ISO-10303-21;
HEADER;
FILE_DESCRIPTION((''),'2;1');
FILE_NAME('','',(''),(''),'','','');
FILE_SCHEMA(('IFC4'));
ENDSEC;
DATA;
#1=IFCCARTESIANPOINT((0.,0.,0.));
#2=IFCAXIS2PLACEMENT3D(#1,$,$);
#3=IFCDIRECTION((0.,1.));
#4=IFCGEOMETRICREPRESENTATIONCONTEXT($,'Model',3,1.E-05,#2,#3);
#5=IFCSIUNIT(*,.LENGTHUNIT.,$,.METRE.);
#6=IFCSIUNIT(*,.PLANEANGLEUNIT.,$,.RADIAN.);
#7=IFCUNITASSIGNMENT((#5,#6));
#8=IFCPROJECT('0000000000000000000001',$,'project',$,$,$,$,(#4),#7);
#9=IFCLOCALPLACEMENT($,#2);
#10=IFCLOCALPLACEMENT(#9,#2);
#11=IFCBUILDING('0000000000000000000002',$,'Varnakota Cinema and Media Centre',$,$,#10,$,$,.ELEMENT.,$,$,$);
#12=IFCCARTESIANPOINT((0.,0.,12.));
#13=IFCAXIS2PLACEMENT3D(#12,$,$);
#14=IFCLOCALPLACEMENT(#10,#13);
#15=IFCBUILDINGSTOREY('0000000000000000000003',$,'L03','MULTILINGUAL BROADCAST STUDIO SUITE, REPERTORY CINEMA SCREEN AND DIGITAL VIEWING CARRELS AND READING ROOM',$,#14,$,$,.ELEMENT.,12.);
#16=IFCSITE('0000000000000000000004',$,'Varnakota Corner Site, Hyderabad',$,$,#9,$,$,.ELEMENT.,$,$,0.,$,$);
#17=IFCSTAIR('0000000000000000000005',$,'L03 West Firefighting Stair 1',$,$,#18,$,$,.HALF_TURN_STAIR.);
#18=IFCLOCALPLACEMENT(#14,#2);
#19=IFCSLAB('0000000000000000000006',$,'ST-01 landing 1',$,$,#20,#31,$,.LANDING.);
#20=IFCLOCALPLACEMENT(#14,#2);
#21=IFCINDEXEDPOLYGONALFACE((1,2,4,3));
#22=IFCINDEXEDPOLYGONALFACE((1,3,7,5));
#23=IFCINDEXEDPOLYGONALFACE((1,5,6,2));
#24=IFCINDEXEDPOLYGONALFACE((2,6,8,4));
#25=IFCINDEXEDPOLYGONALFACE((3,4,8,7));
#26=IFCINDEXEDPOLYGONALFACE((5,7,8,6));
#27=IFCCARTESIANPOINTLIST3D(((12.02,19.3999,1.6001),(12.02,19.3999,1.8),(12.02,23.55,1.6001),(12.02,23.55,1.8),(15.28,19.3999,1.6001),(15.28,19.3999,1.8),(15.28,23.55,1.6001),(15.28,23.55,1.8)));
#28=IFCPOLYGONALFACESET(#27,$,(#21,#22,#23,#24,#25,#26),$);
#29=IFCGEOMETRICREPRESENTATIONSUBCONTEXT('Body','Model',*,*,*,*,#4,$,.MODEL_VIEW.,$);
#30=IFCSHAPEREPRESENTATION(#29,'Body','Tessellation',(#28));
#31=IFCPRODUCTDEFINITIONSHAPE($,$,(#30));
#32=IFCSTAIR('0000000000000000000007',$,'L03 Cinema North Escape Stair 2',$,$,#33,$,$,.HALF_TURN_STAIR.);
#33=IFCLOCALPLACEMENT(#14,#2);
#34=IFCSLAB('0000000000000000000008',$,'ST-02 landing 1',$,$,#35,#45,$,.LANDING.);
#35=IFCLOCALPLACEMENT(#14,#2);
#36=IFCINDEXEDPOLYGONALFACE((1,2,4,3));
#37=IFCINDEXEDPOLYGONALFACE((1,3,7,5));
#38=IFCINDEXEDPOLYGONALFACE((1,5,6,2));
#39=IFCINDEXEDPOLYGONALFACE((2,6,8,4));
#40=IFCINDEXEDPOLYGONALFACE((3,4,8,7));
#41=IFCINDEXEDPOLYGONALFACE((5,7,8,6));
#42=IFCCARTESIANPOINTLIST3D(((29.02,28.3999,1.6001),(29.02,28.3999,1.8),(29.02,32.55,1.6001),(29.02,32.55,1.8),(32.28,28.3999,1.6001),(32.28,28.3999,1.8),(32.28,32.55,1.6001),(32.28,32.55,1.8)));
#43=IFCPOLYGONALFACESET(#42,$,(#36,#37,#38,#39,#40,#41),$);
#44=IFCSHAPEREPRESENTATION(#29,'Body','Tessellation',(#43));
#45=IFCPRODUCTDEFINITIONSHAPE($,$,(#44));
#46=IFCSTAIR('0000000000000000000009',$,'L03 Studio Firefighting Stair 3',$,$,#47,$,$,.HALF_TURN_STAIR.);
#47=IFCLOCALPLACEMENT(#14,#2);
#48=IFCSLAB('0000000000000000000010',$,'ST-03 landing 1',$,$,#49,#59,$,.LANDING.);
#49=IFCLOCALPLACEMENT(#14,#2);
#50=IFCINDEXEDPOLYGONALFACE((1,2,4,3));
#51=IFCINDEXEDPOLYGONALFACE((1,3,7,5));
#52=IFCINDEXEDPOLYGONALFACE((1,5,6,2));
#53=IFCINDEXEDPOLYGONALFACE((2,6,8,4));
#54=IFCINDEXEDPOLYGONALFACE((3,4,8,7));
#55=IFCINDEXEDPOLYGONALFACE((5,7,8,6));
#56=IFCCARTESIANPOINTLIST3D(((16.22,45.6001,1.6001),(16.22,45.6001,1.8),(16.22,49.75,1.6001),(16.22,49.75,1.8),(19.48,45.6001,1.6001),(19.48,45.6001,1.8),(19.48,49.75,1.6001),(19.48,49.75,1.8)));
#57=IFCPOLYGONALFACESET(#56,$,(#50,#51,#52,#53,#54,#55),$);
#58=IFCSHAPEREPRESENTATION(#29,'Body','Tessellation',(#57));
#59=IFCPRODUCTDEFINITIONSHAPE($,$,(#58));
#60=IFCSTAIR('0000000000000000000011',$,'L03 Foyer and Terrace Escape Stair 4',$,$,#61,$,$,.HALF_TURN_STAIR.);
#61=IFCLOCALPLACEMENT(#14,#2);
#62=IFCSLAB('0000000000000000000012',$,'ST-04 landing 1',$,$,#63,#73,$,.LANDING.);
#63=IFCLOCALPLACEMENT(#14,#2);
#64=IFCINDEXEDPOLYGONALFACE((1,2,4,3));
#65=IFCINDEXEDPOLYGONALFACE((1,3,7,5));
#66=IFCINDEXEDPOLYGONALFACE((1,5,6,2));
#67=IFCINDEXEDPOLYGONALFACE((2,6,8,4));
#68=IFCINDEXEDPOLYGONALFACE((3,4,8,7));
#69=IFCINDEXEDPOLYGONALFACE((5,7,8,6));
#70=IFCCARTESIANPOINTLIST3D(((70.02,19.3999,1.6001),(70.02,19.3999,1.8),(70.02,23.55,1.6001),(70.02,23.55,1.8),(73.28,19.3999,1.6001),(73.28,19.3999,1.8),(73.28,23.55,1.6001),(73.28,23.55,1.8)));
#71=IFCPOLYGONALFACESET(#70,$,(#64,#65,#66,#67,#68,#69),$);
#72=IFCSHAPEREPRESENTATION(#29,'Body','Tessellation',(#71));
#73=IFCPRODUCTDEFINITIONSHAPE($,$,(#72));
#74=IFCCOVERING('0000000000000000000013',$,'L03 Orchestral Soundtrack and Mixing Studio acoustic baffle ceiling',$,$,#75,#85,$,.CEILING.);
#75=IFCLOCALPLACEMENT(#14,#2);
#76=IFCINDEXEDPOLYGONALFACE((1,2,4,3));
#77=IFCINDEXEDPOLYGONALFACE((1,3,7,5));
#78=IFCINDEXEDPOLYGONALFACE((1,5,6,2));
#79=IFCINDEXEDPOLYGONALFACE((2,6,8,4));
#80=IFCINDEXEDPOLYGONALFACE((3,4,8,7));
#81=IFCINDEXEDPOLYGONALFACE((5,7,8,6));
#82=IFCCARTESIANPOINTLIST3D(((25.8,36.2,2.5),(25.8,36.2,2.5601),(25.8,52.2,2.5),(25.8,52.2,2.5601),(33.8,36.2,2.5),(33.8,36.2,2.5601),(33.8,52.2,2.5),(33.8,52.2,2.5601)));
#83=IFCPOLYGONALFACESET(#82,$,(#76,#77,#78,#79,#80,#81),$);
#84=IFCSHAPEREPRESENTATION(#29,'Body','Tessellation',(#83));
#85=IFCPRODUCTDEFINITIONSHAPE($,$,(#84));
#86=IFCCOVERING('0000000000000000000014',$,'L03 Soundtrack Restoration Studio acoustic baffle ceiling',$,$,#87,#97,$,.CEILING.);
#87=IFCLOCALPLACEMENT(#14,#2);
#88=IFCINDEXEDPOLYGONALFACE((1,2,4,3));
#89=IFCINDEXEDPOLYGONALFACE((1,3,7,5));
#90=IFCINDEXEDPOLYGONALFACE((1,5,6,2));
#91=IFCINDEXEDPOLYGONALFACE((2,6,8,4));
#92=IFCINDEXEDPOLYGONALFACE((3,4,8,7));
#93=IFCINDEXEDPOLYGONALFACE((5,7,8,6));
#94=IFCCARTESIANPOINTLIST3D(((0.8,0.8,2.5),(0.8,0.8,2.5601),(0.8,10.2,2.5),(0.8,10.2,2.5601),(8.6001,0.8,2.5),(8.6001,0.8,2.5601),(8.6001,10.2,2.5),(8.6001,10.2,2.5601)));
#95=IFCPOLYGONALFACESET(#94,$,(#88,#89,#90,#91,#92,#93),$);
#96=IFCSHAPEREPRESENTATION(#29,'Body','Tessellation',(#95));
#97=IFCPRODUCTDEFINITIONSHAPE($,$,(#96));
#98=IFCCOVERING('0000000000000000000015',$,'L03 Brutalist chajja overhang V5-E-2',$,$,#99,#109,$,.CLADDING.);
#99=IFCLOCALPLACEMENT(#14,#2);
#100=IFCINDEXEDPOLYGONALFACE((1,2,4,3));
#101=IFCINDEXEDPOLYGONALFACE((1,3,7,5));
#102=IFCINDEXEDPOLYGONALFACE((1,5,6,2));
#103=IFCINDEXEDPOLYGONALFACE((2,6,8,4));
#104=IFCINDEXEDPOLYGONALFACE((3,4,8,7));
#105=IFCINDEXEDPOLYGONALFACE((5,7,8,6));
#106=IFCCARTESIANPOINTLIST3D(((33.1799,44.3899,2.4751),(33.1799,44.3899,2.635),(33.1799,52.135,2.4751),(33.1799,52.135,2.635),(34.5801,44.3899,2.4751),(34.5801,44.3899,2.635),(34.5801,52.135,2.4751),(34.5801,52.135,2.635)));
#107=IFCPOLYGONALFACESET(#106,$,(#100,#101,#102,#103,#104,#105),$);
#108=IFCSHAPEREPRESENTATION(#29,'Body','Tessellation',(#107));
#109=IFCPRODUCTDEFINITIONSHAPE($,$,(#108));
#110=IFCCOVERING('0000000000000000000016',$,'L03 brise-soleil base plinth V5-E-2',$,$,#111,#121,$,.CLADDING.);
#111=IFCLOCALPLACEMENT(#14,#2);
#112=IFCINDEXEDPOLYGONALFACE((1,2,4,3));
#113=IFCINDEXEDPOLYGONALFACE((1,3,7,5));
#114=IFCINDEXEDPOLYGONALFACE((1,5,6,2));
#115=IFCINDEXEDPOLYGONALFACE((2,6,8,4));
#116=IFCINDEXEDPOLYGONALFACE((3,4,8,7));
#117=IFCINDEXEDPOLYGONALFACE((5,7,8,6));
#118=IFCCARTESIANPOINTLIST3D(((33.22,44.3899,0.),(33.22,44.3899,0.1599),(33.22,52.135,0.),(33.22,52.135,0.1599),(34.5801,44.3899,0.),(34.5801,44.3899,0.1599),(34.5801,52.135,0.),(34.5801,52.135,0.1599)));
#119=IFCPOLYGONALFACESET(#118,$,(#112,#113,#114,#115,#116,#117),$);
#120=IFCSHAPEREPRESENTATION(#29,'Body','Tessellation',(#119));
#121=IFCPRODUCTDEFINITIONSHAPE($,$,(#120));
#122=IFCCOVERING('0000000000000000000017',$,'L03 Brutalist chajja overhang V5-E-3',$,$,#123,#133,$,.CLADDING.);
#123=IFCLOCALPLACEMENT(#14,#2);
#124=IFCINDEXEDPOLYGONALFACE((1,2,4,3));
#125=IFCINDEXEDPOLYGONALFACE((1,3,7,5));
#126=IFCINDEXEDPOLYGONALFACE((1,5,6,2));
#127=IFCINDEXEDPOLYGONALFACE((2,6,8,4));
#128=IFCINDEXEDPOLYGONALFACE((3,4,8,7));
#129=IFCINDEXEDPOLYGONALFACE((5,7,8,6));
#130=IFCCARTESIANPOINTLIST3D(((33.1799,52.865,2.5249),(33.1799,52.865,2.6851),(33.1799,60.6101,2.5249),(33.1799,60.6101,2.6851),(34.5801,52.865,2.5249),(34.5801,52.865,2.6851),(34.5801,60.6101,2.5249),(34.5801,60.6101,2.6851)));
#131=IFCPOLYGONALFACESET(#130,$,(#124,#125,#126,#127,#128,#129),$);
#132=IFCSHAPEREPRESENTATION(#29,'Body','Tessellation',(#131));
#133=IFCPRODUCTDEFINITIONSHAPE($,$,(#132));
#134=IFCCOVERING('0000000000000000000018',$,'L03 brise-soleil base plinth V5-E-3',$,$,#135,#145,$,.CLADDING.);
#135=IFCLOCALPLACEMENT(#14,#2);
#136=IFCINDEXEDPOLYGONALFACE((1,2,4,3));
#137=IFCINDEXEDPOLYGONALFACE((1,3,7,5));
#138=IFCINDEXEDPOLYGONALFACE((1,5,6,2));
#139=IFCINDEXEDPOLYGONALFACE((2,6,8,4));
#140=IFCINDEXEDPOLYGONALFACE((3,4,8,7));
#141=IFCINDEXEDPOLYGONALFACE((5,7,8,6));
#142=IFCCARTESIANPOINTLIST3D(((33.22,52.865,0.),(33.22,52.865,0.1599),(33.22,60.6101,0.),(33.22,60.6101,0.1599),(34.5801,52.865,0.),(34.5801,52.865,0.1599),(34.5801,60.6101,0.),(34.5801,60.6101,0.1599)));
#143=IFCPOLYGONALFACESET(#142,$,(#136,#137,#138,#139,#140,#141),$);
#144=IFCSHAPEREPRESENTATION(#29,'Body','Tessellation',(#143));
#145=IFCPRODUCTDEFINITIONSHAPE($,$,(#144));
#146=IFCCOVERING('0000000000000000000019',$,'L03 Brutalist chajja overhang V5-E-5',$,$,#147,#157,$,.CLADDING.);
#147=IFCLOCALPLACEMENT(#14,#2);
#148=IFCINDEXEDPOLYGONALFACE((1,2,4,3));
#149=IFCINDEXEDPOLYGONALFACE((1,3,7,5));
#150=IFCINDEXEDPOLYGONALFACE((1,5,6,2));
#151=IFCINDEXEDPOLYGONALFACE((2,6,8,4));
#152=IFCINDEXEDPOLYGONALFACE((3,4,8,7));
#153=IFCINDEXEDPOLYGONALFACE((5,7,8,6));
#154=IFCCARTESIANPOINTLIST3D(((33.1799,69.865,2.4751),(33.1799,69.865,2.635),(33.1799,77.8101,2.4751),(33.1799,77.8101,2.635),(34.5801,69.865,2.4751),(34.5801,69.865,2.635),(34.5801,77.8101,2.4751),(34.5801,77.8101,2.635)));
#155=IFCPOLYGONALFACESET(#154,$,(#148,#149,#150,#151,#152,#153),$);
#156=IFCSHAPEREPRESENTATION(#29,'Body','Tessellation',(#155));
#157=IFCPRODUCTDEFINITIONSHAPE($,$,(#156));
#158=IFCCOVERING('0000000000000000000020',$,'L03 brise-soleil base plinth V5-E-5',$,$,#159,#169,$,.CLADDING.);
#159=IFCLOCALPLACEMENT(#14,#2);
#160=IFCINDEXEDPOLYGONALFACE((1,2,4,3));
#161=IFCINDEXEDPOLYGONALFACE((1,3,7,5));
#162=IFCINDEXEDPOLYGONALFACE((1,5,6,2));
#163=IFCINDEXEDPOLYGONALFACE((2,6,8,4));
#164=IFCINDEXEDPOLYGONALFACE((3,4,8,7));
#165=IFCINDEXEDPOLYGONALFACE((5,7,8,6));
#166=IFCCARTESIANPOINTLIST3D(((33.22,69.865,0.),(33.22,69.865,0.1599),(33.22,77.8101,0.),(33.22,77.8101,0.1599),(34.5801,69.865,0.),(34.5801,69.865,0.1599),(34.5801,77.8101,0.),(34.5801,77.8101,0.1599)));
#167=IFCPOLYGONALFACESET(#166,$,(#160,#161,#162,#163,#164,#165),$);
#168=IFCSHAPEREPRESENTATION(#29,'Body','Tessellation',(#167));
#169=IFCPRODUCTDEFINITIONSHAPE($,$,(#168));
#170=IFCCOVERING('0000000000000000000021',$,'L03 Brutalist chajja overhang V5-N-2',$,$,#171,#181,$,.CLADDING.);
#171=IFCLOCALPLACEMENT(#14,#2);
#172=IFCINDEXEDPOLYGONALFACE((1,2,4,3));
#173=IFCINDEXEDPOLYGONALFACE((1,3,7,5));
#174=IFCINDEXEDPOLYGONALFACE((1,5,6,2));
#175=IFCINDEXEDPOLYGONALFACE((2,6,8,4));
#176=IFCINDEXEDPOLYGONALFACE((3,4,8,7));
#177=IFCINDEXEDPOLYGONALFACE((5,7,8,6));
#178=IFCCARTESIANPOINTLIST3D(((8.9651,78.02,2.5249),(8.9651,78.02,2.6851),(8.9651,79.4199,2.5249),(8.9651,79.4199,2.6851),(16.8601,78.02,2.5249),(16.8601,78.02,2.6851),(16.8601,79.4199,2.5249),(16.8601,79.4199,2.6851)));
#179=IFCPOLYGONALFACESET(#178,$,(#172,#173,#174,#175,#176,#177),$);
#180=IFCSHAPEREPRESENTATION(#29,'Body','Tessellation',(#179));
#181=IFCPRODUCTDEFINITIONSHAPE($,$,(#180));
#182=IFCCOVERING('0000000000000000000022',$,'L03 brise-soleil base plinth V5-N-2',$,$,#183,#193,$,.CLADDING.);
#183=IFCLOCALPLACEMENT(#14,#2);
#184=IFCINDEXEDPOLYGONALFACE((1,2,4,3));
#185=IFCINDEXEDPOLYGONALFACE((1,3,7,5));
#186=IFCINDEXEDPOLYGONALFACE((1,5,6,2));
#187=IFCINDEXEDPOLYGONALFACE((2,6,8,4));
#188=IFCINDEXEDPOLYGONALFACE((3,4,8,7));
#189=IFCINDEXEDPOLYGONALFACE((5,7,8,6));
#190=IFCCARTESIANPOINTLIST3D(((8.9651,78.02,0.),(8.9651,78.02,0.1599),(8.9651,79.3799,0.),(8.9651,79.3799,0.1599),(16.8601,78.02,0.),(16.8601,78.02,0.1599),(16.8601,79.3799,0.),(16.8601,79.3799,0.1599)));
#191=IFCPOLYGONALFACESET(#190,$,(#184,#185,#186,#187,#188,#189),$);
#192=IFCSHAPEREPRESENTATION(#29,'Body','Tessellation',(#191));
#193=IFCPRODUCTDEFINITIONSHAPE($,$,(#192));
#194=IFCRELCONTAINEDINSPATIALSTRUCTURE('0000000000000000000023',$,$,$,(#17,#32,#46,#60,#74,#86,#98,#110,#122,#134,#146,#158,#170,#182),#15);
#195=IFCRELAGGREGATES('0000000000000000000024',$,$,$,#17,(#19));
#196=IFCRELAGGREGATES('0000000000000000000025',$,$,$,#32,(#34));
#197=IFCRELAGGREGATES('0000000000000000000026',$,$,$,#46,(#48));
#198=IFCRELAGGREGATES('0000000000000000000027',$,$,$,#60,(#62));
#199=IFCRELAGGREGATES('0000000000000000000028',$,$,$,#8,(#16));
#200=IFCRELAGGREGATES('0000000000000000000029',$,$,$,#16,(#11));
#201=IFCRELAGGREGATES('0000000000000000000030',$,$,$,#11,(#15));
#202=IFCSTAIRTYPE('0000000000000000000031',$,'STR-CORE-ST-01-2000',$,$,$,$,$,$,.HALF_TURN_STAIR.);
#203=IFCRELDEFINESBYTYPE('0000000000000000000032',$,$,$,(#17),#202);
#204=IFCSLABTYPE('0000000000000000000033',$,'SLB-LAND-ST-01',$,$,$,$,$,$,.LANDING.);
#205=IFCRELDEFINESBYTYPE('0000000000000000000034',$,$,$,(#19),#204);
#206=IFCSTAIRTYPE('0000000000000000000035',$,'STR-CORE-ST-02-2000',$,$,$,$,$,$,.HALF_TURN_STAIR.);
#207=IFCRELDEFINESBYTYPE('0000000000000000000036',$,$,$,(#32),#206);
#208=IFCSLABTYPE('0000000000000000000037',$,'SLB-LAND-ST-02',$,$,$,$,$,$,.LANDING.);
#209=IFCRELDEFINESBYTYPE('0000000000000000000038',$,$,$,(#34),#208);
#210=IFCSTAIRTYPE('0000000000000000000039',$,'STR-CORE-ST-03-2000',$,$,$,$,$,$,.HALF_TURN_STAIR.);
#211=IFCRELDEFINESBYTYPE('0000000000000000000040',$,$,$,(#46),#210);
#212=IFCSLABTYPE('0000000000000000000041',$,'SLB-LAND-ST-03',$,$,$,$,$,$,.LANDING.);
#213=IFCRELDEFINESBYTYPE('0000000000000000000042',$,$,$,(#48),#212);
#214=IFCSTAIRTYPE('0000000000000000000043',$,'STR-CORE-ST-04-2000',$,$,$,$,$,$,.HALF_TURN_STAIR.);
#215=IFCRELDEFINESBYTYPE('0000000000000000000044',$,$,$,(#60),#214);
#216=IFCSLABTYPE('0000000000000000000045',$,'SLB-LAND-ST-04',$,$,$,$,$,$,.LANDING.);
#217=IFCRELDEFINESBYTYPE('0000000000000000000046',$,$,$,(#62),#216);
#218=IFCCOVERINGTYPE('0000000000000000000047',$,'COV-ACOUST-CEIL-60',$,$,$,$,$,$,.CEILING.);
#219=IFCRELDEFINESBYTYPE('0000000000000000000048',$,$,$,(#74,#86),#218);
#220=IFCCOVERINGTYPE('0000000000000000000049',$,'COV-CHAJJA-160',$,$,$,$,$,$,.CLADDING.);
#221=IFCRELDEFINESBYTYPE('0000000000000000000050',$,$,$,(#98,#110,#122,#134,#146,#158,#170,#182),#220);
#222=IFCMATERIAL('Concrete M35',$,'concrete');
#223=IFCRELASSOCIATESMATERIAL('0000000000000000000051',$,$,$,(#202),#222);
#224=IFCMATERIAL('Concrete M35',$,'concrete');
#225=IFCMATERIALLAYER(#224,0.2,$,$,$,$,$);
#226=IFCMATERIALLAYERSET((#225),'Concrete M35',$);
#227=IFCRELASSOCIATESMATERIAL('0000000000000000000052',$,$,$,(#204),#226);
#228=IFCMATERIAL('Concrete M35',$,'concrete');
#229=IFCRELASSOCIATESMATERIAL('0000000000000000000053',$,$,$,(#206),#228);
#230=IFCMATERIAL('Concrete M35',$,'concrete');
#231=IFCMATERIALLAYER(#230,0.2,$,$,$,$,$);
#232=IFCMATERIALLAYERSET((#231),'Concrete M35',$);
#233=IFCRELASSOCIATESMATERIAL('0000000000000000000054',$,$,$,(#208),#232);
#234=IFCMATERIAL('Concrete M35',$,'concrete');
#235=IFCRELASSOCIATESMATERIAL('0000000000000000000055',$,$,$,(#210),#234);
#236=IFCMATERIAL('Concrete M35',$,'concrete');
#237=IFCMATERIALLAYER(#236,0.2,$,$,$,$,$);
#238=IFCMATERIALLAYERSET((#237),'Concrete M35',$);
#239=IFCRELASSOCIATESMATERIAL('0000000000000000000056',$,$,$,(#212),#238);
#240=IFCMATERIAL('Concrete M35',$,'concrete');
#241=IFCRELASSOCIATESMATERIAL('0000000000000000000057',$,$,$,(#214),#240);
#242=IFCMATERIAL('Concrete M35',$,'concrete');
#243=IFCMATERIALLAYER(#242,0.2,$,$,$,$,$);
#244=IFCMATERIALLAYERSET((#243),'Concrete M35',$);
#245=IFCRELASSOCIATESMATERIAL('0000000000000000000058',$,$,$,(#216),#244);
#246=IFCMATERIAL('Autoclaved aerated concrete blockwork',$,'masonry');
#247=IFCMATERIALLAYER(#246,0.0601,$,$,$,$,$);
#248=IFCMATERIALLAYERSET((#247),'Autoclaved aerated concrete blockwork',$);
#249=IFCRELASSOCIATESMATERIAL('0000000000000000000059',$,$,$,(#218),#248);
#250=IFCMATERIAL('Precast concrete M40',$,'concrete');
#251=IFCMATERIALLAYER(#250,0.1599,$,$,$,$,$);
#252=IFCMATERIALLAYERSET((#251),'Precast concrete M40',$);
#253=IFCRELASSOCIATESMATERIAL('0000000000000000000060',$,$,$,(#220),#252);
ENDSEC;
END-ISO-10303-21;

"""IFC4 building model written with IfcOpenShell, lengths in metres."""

from ifc_helpers import new_model, si_unit, direction, frame, origin, place, context, subcontext, project, spatial, polyline, outline, extrude, material, layer, layer_set, type_object, element, aggregate, save


model = new_model("IFC4")

# Units and contexts
model_context = context("Model", 3, precision=1e-05, world=origin(), true_north=direction((0.0, 1.0)))
body_context = subcontext(model_context, "Body", "Model", "MODEL_VIEW")
ifc_project = project(units=[si_unit("LENGTHUNIT", "METRE"), si_unit("PLANEANGLEUNIT", "RADIAN")], contexts=[model_context])

# Site, building, storey
site_placement = place(None, origin())
site = spatial("IfcSite", under=ifc_project, at=site_placement, Name="Varnakota Corner Site, Hyderabad", CompositionType="ELEMENT", RefElevation=0.0)
building_placement = place(site_placement, origin())
building = spatial("IfcBuilding", under=site, at=building_placement, Name="Varnakota Cinema and Media Centre", CompositionType="ELEMENT")
storey_placement = place(building_placement, frame((0.0, 0.0, 12.0)))
storey = spatial("IfcBuildingStorey", under=building, at=storey_placement, Name="L03", Description="MULTILINGUAL BROADCAST STUDIO SUITE, REPERTORY CINEMA SCREEN AND DIGITAL VIEWING CARRELS AND READING ROOM", CompositionType="ELEMENT", Elevation=12.0)

# Stairs, slabs
ifc_material_1 = material(Name="Concrete M35", Category="concrete")
stair_type_1 = type_object("IfcStairType", Name="STR-CORE-ST-01-2000", PredefinedType="HALF_TURN_STAIR", material=ifc_material_1)
stair_1_placement = place(storey_placement, origin())
stair_1 = element("IfcStair", 1, at=stair_1_placement, inside=storey, type_object=stair_type_1, Name="L03 West Firefighting Stair 1", PredefinedType="HALF_TURN_STAIR")
ifc_material_2 = material(Name="Concrete M35", Category="concrete")
ifc_layer_1 = layer(ifc_material_2, 0.2)
ifc_layer_set_1 = layer_set([ifc_layer_1], Name="Concrete M35")
slab_type_1 = type_object("IfcSlabType", Name="SLB-LAND-ST-01", PredefinedType="LANDING", material=ifc_layer_set_1)
slab_1_placement = place(storey_placement, frame((0.0, 0.0, 1.6001)))
slab_1 = element("IfcSlab", 2, at=slab_1_placement, type_object=slab_type_1, Name="ST-01 landing 1", PredefinedType="LANDING", context=body_context, shape_type="SweptSolid", body=[
    extrude(outline(polyline([(12.02, 19.3999), (15.28, 19.3999), (15.28, 23.55), (12.02, 23.55), (12.02, 19.3999)])), origin(), (0.0, 0.0, 1.0), 0.2),
])
aggregate(stair_1, [slab_1])
ifc_material_3 = material(Name="Concrete M35", Category="concrete")
stair_type_2 = type_object("IfcStairType", Name="STR-CORE-ST-02-2000", PredefinedType="HALF_TURN_STAIR", material=ifc_material_3)
stair_2_placement = place(storey_placement, origin())
stair_2 = element("IfcStair", 3, at=stair_2_placement, inside=storey, type_object=stair_type_2, Name="L03 Cinema North Escape Stair 2", PredefinedType="HALF_TURN_STAIR")
ifc_material_4 = material(Name="Concrete M35", Category="concrete")
ifc_layer_2 = layer(ifc_material_4, 0.2)
ifc_layer_set_2 = layer_set([ifc_layer_2], Name="Concrete M35")
slab_type_2 = type_object("IfcSlabType", Name="SLB-LAND-ST-02", PredefinedType="LANDING", material=ifc_layer_set_2)
slab_2_placement = place(storey_placement, frame((0.0, 0.0, 1.6001)))
slab_2 = element("IfcSlab", 4, at=slab_2_placement, type_object=slab_type_2, Name="ST-02 landing 1", PredefinedType="LANDING", context=body_context, shape_type="SweptSolid", body=[
    extrude(outline(polyline([(29.02, 28.3999), (32.28, 28.3999), (32.28, 32.55), (29.02, 32.55), (29.02, 28.3999)])), origin(), (0.0, 0.0, 1.0), 0.2),
])
aggregate(stair_2, [slab_2])
ifc_material_5 = material(Name="Concrete M35", Category="concrete")
stair_type_3 = type_object("IfcStairType", Name="STR-CORE-ST-03-2000", PredefinedType="HALF_TURN_STAIR", material=ifc_material_5)
stair_3_placement = place(storey_placement, origin())
stair_3 = element("IfcStair", 5, at=stair_3_placement, inside=storey, type_object=stair_type_3, Name="L03 Studio Firefighting Stair 3", PredefinedType="HALF_TURN_STAIR")
ifc_material_6 = material(Name="Concrete M35", Category="concrete")
ifc_layer_3 = layer(ifc_material_6, 0.2)
ifc_layer_set_3 = layer_set([ifc_layer_3], Name="Concrete M35")
slab_type_3 = type_object("IfcSlabType", Name="SLB-LAND-ST-03", PredefinedType="LANDING", material=ifc_layer_set_3)
slab_3_placement = place(storey_placement, frame((0.0, 0.0, 1.6001)))
slab_3 = element("IfcSlab", 6, at=slab_3_placement, type_object=slab_type_3, Name="ST-03 landing 1", PredefinedType="LANDING", context=body_context, shape_type="SweptSolid", body=[
    extrude(outline(polyline([(16.22, 45.6001), (19.48, 45.6001), (19.48, 49.75), (16.22, 49.75), (16.22, 45.6001)])), origin(), (0.0, 0.0, 1.0), 0.2),
])
aggregate(stair_3, [slab_3])
ifc_material_7 = material(Name="Concrete M35", Category="concrete")
stair_type_4 = type_object("IfcStairType", Name="STR-CORE-ST-04-2000", PredefinedType="HALF_TURN_STAIR", material=ifc_material_7)
stair_4_placement = place(storey_placement, origin())
stair_4 = element("IfcStair", 7, at=stair_4_placement, inside=storey, type_object=stair_type_4, Name="L03 Foyer and Terrace Escape Stair 4", PredefinedType="HALF_TURN_STAIR")
ifc_material_8 = material(Name="Concrete M35", Category="concrete")
ifc_layer_4 = layer(ifc_material_8, 0.2)
ifc_layer_set_4 = layer_set([ifc_layer_4], Name="Concrete M35")
slab_type_4 = type_object("IfcSlabType", Name="SLB-LAND-ST-04", PredefinedType="LANDING", material=ifc_layer_set_4)
slab_4_placement = place(storey_placement, frame((0.0, 0.0, 1.6001)))
slab_4 = element("IfcSlab", 8, at=slab_4_placement, type_object=slab_type_4, Name="ST-04 landing 1", PredefinedType="LANDING", context=body_context, shape_type="SweptSolid", body=[
    extrude(outline(polyline([(70.02, 19.3999), (73.28, 19.3999), (73.28, 23.55), (70.02, 23.55), (70.02, 19.3999)])), origin(), (0.0, 0.0, 1.0), 0.2),
])
aggregate(stair_4, [slab_4])

# Coverings
ifc_material_9 = material(Name="Autoclaved aerated concrete blockwork", Category="masonry")
ifc_layer_5 = layer(ifc_material_9, 0.0601)
ifc_layer_set_5 = layer_set([ifc_layer_5], Name="Autoclaved aerated concrete blockwork")
covering_type_1 = type_object("IfcCoveringType", Name="COV-ACOUST-CEIL-60", PredefinedType="CEILING", material=ifc_layer_set_5)
covering_1_placement = place(storey_placement, frame((0.0, 0.0, 2.5)))
element("IfcCovering", 9, at=covering_1_placement, inside=storey, type_object=covering_type_1, Name="L03 Orchestral Soundtrack and Mixing Studio acoustic baffle ceiling", PredefinedType="CEILING", context=body_context, shape_type="SweptSolid", body=[
    extrude(outline(polyline([(25.8, 36.2), (33.8, 36.2), (33.8, 52.2), (25.8, 52.2), (25.8, 36.2)])), origin(), (0.0, 0.0, 1.0), 0.0601),
])
covering_2_placement = place(storey_placement, frame((0.0, 0.0, 2.5)))
element("IfcCovering", 10, at=covering_2_placement, inside=storey, type_object=covering_type_1, Name="L03 Soundtrack Restoration Studio acoustic baffle ceiling", PredefinedType="CEILING", context=body_context, shape_type="SweptSolid", body=[
    extrude(outline(polyline([(0.8, 0.8), (8.6001, 0.8), (8.6001, 10.2), (0.8, 10.2), (0.8, 0.8)])), origin(), (0.0, 0.0, 1.0), 0.0601),
])
ifc_material_10 = material(Name="Precast concrete M40", Category="concrete")
ifc_layer_6 = layer(ifc_material_10, 0.1599)
ifc_layer_set_6 = layer_set([ifc_layer_6], Name="Precast concrete M40")
covering_type_2 = type_object("IfcCoveringType", Name="COV-CHAJJA-160", PredefinedType="CLADDING", material=ifc_layer_set_6)
covering_3_placement = place(storey_placement, frame((0.0, 0.0, 2.4751)))
element("IfcCovering", 11, at=covering_3_placement, inside=storey, type_object=covering_type_2, Name="L03 Brutalist chajja overhang V5-E-2", PredefinedType="CLADDING", context=body_context, shape_type="SweptSolid", body=[
    extrude(outline(polyline([(34.5801, 44.3899), (34.5801, 52.135), (33.1799, 52.135), (33.1799, 44.3899), (34.5801, 44.3899)])), origin(), (0.0, 0.0, 1.0), 0.1599),
])
covering_4_placement = place(storey_placement, origin())
element("IfcCovering", 12, at=covering_4_placement, inside=storey, type_object=covering_type_2, Name="L03 brise-soleil base plinth V5-E-2", PredefinedType="CLADDING", context=body_context, shape_type="SweptSolid", body=[
    extrude(outline(polyline([(34.5801, 44.3899), (34.5801, 52.135), (33.22, 52.135), (33.22, 44.3899), (34.5801, 44.3899)])), origin(), (0.0, 0.0, 1.0), 0.1599),
])
covering_5_placement = place(storey_placement, frame((0.0, 0.0, 2.5249)))
element("IfcCovering", 13, at=covering_5_placement, inside=storey, type_object=covering_type_2, Name="L03 Brutalist chajja overhang V5-E-3", PredefinedType="CLADDING", context=body_context, shape_type="SweptSolid", body=[
    extrude(outline(polyline([(34.5801, 52.865), (34.5801, 60.6101), (33.1799, 60.6101), (33.1799, 52.865), (34.5801, 52.865)])), origin(), (0.0, 0.0, 1.0), 0.1602),
])
covering_6_placement = place(storey_placement, origin())
element("IfcCovering", 14, at=covering_6_placement, inside=storey, type_object=covering_type_2, Name="L03 brise-soleil base plinth V5-E-3", PredefinedType="CLADDING", context=body_context, shape_type="SweptSolid", body=[
    extrude(outline(polyline([(34.5801, 52.865), (34.5801, 60.6101), (33.22, 60.6101), (33.22, 52.865), (34.5801, 52.865)])), origin(), (0.0, 0.0, 1.0), 0.1599),
])
covering_7_placement = place(storey_placement, frame((0.0, 0.0, 2.4751)))
element("IfcCovering", 15, at=covering_7_placement, inside=storey, type_object=covering_type_2, Name="L03 Brutalist chajja overhang V5-E-5", PredefinedType="CLADDING", context=body_context, shape_type="SweptSolid", body=[
    extrude(outline(polyline([(34.5801, 69.865), (34.5801, 77.8101), (33.1799, 77.8101), (33.1799, 69.865), (34.5801, 69.865)])), origin(), (0.0, 0.0, 1.0), 0.1599),
])
covering_8_placement = place(storey_placement, origin())
element("IfcCovering", 16, at=covering_8_placement, inside=storey, type_object=covering_type_2, Name="L03 brise-soleil base plinth V5-E-5", PredefinedType="CLADDING", context=body_context, shape_type="SweptSolid", body=[
    extrude(outline(polyline([(34.5801, 69.865), (34.5801, 77.8101), (33.22, 77.8101), (33.22, 69.865), (34.5801, 69.865)])), origin(), (0.0, 0.0, 1.0), 0.1599),
])
covering_9_placement = place(storey_placement, frame((0.0, 0.0, 2.5249)))
element("IfcCovering", 17, at=covering_9_placement, inside=storey, type_object=covering_type_2, Name="L03 Brutalist chajja overhang V5-N-2", PredefinedType="CLADDING", context=body_context, shape_type="SweptSolid", body=[
    extrude(outline(polyline([(8.9651, 78.02), (16.8601, 78.02), (16.8601, 79.4199), (8.9651, 79.4199), (8.9651, 78.02)])), origin(), (0.0, 0.0, 1.0), 0.1602),
])
covering_10_placement = place(storey_placement, origin())
element("IfcCovering", 18, at=covering_10_placement, inside=storey, type_object=covering_type_2, Name="L03 brise-soleil base plinth V5-N-2", PredefinedType="CLADDING", context=body_context, shape_type="SweptSolid", body=[
    extrude(outline(polyline([(8.9651, 78.02), (16.8601, 78.02), (16.8601, 79.3799), (8.9651, 79.3799), (8.9651, 78.02)])), origin(), (0.0, 0.0, 1.0), 0.1599),
])

save(model, "model.ifc")
